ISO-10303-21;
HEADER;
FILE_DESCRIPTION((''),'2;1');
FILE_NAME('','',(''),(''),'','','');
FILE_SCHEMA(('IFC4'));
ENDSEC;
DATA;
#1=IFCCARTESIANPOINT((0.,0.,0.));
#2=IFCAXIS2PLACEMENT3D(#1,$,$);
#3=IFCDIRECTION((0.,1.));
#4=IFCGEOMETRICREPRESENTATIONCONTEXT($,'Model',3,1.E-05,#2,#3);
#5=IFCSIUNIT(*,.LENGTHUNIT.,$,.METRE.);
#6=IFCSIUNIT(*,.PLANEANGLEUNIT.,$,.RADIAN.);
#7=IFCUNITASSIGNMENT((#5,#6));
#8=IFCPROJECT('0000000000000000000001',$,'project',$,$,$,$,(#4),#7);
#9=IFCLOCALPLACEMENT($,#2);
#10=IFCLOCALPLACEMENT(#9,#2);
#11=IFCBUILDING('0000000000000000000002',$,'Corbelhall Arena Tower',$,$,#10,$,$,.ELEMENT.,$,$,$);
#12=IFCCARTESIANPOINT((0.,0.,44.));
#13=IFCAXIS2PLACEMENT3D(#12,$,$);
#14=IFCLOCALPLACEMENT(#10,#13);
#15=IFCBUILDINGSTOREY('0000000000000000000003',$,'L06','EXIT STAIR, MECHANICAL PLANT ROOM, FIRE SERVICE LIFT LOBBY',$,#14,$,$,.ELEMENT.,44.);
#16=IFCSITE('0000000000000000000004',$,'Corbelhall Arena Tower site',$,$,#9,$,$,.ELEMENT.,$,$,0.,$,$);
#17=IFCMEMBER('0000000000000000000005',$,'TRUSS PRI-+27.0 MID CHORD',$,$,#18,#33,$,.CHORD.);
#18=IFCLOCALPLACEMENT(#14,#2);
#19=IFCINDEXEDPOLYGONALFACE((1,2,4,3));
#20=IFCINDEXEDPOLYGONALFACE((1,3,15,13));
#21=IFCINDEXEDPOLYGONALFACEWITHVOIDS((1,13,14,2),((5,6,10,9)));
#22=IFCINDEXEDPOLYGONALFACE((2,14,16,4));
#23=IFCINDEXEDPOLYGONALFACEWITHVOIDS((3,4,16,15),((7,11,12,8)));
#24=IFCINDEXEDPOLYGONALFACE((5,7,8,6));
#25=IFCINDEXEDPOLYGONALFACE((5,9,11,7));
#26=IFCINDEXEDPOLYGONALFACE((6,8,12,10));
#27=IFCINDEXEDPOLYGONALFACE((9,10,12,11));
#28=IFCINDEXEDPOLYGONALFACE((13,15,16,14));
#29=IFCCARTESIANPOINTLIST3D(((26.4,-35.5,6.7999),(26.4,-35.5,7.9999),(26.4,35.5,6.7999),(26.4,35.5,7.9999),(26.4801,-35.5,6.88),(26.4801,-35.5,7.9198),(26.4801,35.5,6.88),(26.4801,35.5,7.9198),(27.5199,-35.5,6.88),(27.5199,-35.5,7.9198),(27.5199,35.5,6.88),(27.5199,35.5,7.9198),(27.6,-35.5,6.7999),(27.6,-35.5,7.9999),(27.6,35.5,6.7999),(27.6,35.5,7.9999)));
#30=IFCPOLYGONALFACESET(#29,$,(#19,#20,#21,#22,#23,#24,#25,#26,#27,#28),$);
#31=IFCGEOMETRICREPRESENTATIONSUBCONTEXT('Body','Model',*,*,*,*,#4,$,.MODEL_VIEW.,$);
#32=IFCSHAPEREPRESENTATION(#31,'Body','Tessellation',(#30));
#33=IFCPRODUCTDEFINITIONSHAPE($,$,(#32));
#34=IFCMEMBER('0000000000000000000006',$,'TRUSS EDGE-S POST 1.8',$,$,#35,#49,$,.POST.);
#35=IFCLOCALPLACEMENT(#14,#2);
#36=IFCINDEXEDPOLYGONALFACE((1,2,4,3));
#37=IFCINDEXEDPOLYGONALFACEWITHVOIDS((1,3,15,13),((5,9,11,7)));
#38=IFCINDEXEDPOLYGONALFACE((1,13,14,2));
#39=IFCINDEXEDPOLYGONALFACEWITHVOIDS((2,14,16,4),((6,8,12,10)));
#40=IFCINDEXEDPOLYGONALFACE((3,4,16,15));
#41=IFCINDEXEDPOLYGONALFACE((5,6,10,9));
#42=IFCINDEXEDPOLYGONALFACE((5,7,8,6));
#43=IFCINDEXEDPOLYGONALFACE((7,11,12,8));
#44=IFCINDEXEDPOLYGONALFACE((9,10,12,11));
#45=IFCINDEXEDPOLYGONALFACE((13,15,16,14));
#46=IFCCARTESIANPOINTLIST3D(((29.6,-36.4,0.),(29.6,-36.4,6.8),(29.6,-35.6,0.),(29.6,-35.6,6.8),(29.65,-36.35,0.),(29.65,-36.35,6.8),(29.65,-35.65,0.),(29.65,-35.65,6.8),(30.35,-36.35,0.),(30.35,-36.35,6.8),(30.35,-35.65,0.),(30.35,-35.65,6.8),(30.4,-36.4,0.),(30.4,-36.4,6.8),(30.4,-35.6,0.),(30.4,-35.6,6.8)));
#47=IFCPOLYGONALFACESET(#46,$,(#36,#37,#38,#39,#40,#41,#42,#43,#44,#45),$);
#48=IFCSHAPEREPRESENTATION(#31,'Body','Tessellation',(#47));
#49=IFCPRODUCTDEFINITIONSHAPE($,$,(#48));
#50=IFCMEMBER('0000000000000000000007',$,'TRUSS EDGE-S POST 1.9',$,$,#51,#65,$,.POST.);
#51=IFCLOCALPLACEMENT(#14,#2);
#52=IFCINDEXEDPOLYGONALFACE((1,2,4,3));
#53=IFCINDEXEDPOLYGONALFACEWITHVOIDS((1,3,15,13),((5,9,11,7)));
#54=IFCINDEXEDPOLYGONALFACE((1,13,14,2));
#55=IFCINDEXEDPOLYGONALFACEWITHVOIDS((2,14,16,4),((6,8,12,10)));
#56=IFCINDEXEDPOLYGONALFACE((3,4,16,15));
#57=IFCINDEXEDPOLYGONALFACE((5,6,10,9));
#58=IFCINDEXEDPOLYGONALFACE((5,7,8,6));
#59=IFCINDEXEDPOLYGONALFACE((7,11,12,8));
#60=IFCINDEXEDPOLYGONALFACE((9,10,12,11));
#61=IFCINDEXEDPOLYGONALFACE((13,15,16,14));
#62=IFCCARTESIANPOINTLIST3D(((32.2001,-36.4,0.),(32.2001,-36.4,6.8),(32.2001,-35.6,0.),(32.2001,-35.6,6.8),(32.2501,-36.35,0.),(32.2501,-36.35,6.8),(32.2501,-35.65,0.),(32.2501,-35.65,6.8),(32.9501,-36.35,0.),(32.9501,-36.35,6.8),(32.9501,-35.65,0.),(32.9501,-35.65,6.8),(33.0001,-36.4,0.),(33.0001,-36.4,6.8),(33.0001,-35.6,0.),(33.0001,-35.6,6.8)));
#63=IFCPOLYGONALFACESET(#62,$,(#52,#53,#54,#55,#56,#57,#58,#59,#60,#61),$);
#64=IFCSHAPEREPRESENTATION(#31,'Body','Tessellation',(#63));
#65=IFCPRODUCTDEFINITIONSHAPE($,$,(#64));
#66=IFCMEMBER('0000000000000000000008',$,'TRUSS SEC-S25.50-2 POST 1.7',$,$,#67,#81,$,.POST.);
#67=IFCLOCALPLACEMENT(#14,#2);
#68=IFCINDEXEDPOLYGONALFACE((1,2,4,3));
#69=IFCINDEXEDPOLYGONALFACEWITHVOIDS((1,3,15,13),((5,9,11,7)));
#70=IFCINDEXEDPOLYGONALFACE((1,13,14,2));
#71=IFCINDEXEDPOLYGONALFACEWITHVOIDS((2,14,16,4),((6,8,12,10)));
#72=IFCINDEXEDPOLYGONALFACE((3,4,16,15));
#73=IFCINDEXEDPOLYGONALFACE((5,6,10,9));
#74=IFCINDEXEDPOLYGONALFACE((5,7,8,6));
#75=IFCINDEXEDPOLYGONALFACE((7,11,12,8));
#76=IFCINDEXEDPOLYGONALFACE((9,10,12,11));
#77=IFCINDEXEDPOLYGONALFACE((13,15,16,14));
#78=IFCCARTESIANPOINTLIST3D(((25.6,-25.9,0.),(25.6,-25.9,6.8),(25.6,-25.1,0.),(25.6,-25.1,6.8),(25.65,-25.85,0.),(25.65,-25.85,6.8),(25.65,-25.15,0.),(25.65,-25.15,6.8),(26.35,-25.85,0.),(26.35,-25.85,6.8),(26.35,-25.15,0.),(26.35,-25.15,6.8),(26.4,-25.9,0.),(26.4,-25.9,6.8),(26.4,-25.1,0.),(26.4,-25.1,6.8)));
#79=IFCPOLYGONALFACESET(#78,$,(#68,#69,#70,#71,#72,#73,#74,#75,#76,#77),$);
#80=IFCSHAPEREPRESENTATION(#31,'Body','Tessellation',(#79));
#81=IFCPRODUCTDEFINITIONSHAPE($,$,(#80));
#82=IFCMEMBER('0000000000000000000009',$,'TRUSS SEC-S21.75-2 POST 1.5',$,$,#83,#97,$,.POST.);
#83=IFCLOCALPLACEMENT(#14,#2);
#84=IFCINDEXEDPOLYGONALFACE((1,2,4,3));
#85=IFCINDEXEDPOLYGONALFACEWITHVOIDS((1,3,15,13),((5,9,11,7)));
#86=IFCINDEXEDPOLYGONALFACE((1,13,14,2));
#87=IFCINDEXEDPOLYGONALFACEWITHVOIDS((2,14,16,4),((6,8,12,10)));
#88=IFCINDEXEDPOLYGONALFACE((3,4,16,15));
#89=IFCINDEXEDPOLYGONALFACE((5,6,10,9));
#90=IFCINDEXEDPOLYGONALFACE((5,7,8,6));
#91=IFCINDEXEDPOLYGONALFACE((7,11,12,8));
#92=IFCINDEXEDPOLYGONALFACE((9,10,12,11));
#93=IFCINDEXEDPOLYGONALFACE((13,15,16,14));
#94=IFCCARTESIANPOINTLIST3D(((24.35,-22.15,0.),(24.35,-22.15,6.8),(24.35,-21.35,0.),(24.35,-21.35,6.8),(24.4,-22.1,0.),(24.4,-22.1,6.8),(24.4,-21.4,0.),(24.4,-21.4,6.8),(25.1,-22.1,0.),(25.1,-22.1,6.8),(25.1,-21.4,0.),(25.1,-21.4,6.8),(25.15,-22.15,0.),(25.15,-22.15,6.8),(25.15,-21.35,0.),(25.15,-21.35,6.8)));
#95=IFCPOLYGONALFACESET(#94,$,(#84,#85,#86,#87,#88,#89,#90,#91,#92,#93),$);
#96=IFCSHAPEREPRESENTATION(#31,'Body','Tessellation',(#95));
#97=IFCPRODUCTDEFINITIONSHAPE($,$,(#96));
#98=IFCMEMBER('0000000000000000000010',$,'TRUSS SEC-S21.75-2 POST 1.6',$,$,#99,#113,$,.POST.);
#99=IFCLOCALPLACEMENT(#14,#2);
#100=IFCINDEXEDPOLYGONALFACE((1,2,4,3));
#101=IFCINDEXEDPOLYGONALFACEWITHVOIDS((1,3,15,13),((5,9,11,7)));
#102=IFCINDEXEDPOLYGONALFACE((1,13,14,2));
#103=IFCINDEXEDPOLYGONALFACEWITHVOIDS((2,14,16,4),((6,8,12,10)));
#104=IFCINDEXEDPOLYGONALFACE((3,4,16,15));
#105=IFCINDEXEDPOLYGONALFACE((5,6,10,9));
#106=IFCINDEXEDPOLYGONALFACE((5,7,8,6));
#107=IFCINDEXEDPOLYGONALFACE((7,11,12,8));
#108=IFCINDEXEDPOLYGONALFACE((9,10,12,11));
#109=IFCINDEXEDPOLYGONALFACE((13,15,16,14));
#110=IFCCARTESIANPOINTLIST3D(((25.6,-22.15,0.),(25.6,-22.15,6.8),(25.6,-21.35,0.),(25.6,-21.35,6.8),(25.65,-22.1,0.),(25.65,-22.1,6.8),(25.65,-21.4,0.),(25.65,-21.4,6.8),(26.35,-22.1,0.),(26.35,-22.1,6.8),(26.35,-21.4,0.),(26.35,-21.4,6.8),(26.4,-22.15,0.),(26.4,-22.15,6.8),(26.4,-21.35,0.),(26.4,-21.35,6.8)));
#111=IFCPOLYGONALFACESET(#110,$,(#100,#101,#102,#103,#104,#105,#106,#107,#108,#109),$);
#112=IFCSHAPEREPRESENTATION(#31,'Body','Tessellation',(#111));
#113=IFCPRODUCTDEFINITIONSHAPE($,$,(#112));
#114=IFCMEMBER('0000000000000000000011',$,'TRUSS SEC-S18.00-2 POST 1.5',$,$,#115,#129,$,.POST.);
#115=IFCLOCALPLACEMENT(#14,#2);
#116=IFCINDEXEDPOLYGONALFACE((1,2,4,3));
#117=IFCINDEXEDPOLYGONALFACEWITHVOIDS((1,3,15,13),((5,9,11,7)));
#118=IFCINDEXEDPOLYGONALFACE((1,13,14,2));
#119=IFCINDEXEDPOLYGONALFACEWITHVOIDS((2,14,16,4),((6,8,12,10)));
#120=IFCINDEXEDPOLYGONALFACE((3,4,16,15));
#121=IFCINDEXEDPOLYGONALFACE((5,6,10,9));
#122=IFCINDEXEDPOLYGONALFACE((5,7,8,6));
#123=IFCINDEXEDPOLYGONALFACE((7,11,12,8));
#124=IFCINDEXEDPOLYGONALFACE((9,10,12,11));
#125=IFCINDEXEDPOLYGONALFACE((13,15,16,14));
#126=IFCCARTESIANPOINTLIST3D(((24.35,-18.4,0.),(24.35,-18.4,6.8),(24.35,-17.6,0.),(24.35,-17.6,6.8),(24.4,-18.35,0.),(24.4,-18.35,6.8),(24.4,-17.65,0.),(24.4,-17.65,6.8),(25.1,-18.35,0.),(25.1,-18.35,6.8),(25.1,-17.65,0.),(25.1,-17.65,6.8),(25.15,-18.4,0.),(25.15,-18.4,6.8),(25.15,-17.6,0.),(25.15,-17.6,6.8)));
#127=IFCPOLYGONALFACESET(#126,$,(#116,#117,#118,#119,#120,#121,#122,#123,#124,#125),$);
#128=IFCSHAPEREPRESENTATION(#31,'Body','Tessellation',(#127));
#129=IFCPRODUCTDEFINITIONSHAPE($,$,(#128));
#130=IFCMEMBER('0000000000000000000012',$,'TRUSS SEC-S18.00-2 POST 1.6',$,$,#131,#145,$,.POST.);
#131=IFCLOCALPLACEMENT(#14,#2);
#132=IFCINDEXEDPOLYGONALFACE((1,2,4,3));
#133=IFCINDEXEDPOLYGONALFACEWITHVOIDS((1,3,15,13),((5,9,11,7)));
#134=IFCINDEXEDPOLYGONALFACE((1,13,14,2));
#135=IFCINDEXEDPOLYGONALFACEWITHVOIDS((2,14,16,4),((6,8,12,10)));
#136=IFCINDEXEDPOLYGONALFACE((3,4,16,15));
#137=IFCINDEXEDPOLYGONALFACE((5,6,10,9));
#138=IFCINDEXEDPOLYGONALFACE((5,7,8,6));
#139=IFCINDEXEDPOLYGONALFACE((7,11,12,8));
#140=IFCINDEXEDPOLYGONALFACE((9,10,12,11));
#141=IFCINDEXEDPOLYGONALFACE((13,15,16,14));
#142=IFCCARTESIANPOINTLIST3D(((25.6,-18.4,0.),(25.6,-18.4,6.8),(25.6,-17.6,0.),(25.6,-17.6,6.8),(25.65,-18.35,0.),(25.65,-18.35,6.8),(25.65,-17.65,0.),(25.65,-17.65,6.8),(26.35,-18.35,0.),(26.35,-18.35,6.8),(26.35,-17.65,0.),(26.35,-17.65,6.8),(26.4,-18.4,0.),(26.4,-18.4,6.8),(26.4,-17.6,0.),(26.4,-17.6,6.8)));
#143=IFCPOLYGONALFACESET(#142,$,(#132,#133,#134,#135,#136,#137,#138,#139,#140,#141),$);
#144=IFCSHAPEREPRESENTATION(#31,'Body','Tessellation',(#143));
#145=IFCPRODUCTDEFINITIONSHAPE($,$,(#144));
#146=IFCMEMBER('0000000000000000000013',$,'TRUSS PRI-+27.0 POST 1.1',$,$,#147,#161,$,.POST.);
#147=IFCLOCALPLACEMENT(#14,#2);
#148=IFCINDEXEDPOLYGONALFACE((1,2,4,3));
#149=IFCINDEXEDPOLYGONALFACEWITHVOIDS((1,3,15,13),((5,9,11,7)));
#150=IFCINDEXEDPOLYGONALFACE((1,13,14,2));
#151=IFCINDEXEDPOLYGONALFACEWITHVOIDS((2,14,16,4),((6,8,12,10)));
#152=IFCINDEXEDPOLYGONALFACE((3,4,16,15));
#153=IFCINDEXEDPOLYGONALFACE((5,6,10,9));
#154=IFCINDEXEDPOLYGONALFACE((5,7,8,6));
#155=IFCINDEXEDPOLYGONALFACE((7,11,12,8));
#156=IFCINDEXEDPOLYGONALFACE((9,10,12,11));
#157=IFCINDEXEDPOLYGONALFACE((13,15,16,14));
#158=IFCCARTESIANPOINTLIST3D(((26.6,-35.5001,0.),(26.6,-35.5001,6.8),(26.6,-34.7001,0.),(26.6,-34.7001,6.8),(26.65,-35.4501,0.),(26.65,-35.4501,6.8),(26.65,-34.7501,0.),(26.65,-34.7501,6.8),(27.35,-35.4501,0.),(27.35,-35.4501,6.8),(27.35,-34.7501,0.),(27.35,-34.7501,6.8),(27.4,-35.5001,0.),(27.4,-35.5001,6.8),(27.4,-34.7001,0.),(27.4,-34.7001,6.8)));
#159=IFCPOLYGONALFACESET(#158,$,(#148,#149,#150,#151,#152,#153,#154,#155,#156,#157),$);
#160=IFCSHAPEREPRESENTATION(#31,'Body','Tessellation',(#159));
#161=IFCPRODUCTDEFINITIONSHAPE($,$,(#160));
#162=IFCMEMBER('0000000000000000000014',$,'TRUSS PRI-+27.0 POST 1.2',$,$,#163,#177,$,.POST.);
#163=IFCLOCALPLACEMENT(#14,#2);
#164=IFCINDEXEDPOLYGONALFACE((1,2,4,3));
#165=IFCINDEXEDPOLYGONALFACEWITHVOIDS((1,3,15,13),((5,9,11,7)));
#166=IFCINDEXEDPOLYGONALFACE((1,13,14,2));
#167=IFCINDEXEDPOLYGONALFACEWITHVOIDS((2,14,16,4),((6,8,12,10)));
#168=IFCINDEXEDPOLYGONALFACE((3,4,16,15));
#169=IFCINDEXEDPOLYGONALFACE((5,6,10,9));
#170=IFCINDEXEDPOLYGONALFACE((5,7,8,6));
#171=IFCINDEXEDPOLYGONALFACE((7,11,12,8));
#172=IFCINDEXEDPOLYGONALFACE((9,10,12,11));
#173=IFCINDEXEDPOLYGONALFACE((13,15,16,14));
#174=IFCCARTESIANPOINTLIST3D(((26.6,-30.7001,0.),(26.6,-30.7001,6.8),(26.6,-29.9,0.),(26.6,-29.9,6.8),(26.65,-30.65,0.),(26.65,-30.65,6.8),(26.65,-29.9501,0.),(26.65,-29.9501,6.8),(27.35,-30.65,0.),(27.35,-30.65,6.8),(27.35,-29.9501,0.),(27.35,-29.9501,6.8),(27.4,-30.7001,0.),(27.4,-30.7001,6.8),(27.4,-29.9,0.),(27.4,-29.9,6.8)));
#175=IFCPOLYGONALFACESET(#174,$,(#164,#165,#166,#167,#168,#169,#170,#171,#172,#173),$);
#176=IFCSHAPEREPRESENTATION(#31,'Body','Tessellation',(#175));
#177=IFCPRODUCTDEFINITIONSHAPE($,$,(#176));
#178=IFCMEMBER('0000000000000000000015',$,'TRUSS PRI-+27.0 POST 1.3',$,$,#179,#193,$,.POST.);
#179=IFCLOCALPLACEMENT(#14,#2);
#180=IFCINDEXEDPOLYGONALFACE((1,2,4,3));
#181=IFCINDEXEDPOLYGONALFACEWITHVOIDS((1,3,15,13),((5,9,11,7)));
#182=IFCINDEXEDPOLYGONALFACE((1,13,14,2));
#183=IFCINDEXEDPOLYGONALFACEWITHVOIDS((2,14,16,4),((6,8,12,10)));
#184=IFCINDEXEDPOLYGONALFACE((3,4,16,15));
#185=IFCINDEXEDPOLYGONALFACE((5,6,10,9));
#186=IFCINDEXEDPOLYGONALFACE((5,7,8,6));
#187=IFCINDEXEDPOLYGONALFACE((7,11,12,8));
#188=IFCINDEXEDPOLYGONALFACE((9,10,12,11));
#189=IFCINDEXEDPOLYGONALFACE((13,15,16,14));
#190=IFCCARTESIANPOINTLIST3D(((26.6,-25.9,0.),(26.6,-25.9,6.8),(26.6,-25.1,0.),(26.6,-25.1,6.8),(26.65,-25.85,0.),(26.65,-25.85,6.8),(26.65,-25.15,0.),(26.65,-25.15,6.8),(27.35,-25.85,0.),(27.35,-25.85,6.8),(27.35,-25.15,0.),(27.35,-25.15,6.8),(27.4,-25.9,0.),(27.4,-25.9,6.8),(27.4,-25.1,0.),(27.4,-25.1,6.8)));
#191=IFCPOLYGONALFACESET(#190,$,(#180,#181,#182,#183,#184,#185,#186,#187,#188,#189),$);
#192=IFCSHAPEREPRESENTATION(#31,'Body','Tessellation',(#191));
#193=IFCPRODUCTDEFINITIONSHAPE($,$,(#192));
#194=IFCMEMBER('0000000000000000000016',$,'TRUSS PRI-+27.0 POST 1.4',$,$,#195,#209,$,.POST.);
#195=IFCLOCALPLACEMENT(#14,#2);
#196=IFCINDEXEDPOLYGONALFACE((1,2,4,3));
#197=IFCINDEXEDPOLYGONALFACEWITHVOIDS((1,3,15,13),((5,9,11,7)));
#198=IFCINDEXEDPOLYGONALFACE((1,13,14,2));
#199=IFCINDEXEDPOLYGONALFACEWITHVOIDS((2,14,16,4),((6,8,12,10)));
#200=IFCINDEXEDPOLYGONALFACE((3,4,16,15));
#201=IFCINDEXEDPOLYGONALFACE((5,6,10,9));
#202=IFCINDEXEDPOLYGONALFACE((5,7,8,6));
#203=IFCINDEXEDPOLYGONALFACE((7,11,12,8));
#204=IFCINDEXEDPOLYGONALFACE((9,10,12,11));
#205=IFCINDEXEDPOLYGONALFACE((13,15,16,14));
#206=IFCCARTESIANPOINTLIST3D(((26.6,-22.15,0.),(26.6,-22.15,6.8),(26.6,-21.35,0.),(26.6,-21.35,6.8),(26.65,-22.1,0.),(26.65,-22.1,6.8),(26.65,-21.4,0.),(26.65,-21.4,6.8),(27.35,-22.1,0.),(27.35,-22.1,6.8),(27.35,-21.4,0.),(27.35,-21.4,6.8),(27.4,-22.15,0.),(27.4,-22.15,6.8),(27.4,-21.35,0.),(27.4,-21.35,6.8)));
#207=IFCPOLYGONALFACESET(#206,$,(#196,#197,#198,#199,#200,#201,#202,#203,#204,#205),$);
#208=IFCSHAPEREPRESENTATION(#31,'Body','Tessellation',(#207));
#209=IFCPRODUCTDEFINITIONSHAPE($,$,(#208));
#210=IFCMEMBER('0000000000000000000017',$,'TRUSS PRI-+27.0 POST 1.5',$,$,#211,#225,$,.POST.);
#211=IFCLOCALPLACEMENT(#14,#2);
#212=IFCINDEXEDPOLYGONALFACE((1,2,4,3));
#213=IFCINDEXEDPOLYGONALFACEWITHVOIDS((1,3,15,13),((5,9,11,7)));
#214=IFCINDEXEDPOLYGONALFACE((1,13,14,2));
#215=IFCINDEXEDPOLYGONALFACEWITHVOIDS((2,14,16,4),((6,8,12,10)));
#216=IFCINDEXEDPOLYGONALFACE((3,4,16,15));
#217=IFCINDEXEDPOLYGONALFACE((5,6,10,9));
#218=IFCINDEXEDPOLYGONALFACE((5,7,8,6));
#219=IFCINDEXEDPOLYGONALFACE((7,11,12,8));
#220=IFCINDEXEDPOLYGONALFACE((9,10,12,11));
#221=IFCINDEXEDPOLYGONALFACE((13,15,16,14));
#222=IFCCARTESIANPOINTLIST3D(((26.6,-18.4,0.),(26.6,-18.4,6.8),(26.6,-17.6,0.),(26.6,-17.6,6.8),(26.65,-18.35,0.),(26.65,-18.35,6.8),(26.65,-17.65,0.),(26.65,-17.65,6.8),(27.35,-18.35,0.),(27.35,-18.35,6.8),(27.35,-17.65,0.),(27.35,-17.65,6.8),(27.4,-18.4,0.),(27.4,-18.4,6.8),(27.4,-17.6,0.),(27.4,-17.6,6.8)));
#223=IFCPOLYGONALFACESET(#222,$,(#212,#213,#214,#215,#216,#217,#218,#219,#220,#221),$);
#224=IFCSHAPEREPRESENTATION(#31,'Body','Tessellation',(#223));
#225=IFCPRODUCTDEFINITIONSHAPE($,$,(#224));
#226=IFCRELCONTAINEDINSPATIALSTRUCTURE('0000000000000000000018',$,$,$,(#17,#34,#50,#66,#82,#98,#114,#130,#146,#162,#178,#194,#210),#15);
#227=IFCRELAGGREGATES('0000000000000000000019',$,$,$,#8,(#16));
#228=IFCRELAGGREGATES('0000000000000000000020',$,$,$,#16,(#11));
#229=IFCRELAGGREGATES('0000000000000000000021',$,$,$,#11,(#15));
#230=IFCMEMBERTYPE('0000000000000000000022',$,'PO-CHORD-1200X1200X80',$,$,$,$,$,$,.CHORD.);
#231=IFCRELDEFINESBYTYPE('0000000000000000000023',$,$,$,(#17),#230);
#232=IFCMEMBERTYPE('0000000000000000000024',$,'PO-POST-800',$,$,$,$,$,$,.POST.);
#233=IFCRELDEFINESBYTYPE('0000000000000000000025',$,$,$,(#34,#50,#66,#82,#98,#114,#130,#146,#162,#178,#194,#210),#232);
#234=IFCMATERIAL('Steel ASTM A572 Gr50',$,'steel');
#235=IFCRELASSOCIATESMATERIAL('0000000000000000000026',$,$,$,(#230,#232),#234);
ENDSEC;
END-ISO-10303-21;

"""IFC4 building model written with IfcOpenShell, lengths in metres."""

from ifc_helpers import new_model, si_unit, direction, frame, origin, origin_2d, place, context, subcontext, project, spatial, hollow_rectangle, extrude, material, material_profile, profile_set, type_object, element, save


model = new_model("IFC4")

# Units and contexts
model_context = context("Model", 3, precision=1e-05, world=origin(), true_north=direction((0.0, 1.0)))
body_context = subcontext(model_context, "Body", "Model", "MODEL_VIEW")
ifc_project = project(units=[si_unit("LENGTHUNIT", "METRE"), si_unit("PLANEANGLEUNIT", "RADIAN")], contexts=[model_context])

# Site, building, storey
site_placement = place(None, origin())
site = spatial("IfcSite", under=ifc_project, at=site_placement, Name="Corbelhall Arena Tower site", CompositionType="ELEMENT", RefElevation=0.0)
building_placement = place(site_placement, origin())
building = spatial("IfcBuilding", under=site, at=building_placement, Name="Corbelhall Arena Tower", CompositionType="ELEMENT")
storey_placement = place(building_placement, frame((0.0, 0.0, 44.0)))
storey = spatial("IfcBuildingStorey", under=building, at=storey_placement, Name="L06", Description="EXIT STAIR, MECHANICAL PLANT ROOM, FIRE SERVICE LIFT LOBBY", CompositionType="ELEMENT", Elevation=44.0)

# Members
ifc_material_1 = material(Name="Steel ASTM A572 Gr50", Category="steel")
ifc_material_profile_1 = material_profile(ifc_material_1, hollow_rectangle(XDim=1.2, YDim=1.2, WallThickness=0.0801, at=origin_2d()))
ifc_profile_set_1 = profile_set([ifc_material_profile_1], Name="Steel ASTM A572 Gr50")
member_type_1 = type_object("IfcMemberType", Name="PO-CHORD-1200X1200X80", PredefinedType="CHORD", material=ifc_profile_set_1)
member_1_placement = place(storey_placement, frame((27.0, -35.5, 7.3999), z_axis=(0.0, 1.0, 0.0), x_axis=(-1.0, 0.0, 0.0)))
element("IfcMember", 1, at=member_1_placement, inside=storey, type_object=member_type_1, Name="TRUSS PRI-+27.0 MID CHORD", PredefinedType="CHORD", context=body_context, shape_type="SweptSolid", body=[
    extrude(hollow_rectangle(XDim=1.2, YDim=1.2, WallThickness=0.0801, at=origin_2d()), origin(), (0.0, 0.0, 1.0), 71.0),
])
ifc_material_profile_2 = material_profile(ifc_material_1, hollow_rectangle(XDim=0.8, YDim=0.8, WallThickness=0.05, at=origin_2d()))
ifc_profile_set_2 = profile_set([ifc_material_profile_2], Name="Steel ASTM A572 Gr50")
member_type_2 = type_object("IfcMemberType", Name="PO-POST-800", PredefinedType="POST", material=ifc_profile_set_2)
for number, where, z_axis, x_axis, name in (
    (2, (30.0, -36.0, 0.0), (0.0, 0.0, 1.0), (1.0, 0.0, 0.0), "TRUSS EDGE-S POST 1.8"),
    (3, (32.6001, -36.0, 0.0), (0.0, 0.0, 1.0), (1.0, 0.0, 0.0), "TRUSS EDGE-S POST 1.9"),
    (4, (26.0, -25.5, 0.0), (0.0, 0.0, 1.0), (1.0, 0.0, 0.0), "TRUSS SEC-S25.50-2 POST 1.7"),
    (5, (24.75, -21.75, 0.0), (0.0, 0.0, 1.0), (1.0, 0.0, 0.0), "TRUSS SEC-S21.75-2 POST 1.5"),
    (6, (26.0, -21.75, 0.0), (0.0, 0.0, 1.0), (1.0, 0.0, 0.0), "TRUSS SEC-S21.75-2 POST 1.6"),
    (7, (24.75, -18.0, 0.0), (0.0, 0.0, 1.0), (1.0, 0.0, 0.0), "TRUSS SEC-S18.00-2 POST 1.5"),
    (8, (26.0, -18.0, 0.0), (0.0, 0.0, 1.0), (1.0, 0.0, 0.0), "TRUSS SEC-S18.00-2 POST 1.6"),
    (9, (27.0, -35.1001, 0.0), (0.0, 0.0, 1.0), (1.0, 0.0, 0.0), "TRUSS PRI-+27.0 POST 1.1"),
    (10, (27.0, -30.3, 0.0), (0.0, 0.0, 1.0), (1.0, 0.0, 0.0), "TRUSS PRI-+27.0 POST 1.2"),
    (11, (27.0, -25.5, 0.0), (0.0, 0.0, 1.0), (1.0, 0.0, 0.0), "TRUSS PRI-+27.0 POST 1.3"),
    (12, (27.0, -21.75, 0.0), (0.0, 0.0, 1.0), (1.0, 0.0, 0.0), "TRUSS PRI-+27.0 POST 1.4"),
    (13, (27.0, -18.0, 0.0), (0.0, 0.0, 1.0), (1.0, 0.0, 0.0), "TRUSS PRI-+27.0 POST 1.5"),
):
    element("IfcMember", number, at=place(storey_placement, frame(where, z_axis=z_axis, x_axis=x_axis)), inside=storey, type_object=member_type_2, Name=name, PredefinedType="POST", context=body_context, shape_type="SweptSolid", body=[
        extrude(hollow_rectangle(XDim=0.8, YDim=0.8, WallThickness=0.05, at=origin_2d()), origin(), (0.0, 0.0, 1.0), 6.8),
    ])

save(model, "model.ifc")
